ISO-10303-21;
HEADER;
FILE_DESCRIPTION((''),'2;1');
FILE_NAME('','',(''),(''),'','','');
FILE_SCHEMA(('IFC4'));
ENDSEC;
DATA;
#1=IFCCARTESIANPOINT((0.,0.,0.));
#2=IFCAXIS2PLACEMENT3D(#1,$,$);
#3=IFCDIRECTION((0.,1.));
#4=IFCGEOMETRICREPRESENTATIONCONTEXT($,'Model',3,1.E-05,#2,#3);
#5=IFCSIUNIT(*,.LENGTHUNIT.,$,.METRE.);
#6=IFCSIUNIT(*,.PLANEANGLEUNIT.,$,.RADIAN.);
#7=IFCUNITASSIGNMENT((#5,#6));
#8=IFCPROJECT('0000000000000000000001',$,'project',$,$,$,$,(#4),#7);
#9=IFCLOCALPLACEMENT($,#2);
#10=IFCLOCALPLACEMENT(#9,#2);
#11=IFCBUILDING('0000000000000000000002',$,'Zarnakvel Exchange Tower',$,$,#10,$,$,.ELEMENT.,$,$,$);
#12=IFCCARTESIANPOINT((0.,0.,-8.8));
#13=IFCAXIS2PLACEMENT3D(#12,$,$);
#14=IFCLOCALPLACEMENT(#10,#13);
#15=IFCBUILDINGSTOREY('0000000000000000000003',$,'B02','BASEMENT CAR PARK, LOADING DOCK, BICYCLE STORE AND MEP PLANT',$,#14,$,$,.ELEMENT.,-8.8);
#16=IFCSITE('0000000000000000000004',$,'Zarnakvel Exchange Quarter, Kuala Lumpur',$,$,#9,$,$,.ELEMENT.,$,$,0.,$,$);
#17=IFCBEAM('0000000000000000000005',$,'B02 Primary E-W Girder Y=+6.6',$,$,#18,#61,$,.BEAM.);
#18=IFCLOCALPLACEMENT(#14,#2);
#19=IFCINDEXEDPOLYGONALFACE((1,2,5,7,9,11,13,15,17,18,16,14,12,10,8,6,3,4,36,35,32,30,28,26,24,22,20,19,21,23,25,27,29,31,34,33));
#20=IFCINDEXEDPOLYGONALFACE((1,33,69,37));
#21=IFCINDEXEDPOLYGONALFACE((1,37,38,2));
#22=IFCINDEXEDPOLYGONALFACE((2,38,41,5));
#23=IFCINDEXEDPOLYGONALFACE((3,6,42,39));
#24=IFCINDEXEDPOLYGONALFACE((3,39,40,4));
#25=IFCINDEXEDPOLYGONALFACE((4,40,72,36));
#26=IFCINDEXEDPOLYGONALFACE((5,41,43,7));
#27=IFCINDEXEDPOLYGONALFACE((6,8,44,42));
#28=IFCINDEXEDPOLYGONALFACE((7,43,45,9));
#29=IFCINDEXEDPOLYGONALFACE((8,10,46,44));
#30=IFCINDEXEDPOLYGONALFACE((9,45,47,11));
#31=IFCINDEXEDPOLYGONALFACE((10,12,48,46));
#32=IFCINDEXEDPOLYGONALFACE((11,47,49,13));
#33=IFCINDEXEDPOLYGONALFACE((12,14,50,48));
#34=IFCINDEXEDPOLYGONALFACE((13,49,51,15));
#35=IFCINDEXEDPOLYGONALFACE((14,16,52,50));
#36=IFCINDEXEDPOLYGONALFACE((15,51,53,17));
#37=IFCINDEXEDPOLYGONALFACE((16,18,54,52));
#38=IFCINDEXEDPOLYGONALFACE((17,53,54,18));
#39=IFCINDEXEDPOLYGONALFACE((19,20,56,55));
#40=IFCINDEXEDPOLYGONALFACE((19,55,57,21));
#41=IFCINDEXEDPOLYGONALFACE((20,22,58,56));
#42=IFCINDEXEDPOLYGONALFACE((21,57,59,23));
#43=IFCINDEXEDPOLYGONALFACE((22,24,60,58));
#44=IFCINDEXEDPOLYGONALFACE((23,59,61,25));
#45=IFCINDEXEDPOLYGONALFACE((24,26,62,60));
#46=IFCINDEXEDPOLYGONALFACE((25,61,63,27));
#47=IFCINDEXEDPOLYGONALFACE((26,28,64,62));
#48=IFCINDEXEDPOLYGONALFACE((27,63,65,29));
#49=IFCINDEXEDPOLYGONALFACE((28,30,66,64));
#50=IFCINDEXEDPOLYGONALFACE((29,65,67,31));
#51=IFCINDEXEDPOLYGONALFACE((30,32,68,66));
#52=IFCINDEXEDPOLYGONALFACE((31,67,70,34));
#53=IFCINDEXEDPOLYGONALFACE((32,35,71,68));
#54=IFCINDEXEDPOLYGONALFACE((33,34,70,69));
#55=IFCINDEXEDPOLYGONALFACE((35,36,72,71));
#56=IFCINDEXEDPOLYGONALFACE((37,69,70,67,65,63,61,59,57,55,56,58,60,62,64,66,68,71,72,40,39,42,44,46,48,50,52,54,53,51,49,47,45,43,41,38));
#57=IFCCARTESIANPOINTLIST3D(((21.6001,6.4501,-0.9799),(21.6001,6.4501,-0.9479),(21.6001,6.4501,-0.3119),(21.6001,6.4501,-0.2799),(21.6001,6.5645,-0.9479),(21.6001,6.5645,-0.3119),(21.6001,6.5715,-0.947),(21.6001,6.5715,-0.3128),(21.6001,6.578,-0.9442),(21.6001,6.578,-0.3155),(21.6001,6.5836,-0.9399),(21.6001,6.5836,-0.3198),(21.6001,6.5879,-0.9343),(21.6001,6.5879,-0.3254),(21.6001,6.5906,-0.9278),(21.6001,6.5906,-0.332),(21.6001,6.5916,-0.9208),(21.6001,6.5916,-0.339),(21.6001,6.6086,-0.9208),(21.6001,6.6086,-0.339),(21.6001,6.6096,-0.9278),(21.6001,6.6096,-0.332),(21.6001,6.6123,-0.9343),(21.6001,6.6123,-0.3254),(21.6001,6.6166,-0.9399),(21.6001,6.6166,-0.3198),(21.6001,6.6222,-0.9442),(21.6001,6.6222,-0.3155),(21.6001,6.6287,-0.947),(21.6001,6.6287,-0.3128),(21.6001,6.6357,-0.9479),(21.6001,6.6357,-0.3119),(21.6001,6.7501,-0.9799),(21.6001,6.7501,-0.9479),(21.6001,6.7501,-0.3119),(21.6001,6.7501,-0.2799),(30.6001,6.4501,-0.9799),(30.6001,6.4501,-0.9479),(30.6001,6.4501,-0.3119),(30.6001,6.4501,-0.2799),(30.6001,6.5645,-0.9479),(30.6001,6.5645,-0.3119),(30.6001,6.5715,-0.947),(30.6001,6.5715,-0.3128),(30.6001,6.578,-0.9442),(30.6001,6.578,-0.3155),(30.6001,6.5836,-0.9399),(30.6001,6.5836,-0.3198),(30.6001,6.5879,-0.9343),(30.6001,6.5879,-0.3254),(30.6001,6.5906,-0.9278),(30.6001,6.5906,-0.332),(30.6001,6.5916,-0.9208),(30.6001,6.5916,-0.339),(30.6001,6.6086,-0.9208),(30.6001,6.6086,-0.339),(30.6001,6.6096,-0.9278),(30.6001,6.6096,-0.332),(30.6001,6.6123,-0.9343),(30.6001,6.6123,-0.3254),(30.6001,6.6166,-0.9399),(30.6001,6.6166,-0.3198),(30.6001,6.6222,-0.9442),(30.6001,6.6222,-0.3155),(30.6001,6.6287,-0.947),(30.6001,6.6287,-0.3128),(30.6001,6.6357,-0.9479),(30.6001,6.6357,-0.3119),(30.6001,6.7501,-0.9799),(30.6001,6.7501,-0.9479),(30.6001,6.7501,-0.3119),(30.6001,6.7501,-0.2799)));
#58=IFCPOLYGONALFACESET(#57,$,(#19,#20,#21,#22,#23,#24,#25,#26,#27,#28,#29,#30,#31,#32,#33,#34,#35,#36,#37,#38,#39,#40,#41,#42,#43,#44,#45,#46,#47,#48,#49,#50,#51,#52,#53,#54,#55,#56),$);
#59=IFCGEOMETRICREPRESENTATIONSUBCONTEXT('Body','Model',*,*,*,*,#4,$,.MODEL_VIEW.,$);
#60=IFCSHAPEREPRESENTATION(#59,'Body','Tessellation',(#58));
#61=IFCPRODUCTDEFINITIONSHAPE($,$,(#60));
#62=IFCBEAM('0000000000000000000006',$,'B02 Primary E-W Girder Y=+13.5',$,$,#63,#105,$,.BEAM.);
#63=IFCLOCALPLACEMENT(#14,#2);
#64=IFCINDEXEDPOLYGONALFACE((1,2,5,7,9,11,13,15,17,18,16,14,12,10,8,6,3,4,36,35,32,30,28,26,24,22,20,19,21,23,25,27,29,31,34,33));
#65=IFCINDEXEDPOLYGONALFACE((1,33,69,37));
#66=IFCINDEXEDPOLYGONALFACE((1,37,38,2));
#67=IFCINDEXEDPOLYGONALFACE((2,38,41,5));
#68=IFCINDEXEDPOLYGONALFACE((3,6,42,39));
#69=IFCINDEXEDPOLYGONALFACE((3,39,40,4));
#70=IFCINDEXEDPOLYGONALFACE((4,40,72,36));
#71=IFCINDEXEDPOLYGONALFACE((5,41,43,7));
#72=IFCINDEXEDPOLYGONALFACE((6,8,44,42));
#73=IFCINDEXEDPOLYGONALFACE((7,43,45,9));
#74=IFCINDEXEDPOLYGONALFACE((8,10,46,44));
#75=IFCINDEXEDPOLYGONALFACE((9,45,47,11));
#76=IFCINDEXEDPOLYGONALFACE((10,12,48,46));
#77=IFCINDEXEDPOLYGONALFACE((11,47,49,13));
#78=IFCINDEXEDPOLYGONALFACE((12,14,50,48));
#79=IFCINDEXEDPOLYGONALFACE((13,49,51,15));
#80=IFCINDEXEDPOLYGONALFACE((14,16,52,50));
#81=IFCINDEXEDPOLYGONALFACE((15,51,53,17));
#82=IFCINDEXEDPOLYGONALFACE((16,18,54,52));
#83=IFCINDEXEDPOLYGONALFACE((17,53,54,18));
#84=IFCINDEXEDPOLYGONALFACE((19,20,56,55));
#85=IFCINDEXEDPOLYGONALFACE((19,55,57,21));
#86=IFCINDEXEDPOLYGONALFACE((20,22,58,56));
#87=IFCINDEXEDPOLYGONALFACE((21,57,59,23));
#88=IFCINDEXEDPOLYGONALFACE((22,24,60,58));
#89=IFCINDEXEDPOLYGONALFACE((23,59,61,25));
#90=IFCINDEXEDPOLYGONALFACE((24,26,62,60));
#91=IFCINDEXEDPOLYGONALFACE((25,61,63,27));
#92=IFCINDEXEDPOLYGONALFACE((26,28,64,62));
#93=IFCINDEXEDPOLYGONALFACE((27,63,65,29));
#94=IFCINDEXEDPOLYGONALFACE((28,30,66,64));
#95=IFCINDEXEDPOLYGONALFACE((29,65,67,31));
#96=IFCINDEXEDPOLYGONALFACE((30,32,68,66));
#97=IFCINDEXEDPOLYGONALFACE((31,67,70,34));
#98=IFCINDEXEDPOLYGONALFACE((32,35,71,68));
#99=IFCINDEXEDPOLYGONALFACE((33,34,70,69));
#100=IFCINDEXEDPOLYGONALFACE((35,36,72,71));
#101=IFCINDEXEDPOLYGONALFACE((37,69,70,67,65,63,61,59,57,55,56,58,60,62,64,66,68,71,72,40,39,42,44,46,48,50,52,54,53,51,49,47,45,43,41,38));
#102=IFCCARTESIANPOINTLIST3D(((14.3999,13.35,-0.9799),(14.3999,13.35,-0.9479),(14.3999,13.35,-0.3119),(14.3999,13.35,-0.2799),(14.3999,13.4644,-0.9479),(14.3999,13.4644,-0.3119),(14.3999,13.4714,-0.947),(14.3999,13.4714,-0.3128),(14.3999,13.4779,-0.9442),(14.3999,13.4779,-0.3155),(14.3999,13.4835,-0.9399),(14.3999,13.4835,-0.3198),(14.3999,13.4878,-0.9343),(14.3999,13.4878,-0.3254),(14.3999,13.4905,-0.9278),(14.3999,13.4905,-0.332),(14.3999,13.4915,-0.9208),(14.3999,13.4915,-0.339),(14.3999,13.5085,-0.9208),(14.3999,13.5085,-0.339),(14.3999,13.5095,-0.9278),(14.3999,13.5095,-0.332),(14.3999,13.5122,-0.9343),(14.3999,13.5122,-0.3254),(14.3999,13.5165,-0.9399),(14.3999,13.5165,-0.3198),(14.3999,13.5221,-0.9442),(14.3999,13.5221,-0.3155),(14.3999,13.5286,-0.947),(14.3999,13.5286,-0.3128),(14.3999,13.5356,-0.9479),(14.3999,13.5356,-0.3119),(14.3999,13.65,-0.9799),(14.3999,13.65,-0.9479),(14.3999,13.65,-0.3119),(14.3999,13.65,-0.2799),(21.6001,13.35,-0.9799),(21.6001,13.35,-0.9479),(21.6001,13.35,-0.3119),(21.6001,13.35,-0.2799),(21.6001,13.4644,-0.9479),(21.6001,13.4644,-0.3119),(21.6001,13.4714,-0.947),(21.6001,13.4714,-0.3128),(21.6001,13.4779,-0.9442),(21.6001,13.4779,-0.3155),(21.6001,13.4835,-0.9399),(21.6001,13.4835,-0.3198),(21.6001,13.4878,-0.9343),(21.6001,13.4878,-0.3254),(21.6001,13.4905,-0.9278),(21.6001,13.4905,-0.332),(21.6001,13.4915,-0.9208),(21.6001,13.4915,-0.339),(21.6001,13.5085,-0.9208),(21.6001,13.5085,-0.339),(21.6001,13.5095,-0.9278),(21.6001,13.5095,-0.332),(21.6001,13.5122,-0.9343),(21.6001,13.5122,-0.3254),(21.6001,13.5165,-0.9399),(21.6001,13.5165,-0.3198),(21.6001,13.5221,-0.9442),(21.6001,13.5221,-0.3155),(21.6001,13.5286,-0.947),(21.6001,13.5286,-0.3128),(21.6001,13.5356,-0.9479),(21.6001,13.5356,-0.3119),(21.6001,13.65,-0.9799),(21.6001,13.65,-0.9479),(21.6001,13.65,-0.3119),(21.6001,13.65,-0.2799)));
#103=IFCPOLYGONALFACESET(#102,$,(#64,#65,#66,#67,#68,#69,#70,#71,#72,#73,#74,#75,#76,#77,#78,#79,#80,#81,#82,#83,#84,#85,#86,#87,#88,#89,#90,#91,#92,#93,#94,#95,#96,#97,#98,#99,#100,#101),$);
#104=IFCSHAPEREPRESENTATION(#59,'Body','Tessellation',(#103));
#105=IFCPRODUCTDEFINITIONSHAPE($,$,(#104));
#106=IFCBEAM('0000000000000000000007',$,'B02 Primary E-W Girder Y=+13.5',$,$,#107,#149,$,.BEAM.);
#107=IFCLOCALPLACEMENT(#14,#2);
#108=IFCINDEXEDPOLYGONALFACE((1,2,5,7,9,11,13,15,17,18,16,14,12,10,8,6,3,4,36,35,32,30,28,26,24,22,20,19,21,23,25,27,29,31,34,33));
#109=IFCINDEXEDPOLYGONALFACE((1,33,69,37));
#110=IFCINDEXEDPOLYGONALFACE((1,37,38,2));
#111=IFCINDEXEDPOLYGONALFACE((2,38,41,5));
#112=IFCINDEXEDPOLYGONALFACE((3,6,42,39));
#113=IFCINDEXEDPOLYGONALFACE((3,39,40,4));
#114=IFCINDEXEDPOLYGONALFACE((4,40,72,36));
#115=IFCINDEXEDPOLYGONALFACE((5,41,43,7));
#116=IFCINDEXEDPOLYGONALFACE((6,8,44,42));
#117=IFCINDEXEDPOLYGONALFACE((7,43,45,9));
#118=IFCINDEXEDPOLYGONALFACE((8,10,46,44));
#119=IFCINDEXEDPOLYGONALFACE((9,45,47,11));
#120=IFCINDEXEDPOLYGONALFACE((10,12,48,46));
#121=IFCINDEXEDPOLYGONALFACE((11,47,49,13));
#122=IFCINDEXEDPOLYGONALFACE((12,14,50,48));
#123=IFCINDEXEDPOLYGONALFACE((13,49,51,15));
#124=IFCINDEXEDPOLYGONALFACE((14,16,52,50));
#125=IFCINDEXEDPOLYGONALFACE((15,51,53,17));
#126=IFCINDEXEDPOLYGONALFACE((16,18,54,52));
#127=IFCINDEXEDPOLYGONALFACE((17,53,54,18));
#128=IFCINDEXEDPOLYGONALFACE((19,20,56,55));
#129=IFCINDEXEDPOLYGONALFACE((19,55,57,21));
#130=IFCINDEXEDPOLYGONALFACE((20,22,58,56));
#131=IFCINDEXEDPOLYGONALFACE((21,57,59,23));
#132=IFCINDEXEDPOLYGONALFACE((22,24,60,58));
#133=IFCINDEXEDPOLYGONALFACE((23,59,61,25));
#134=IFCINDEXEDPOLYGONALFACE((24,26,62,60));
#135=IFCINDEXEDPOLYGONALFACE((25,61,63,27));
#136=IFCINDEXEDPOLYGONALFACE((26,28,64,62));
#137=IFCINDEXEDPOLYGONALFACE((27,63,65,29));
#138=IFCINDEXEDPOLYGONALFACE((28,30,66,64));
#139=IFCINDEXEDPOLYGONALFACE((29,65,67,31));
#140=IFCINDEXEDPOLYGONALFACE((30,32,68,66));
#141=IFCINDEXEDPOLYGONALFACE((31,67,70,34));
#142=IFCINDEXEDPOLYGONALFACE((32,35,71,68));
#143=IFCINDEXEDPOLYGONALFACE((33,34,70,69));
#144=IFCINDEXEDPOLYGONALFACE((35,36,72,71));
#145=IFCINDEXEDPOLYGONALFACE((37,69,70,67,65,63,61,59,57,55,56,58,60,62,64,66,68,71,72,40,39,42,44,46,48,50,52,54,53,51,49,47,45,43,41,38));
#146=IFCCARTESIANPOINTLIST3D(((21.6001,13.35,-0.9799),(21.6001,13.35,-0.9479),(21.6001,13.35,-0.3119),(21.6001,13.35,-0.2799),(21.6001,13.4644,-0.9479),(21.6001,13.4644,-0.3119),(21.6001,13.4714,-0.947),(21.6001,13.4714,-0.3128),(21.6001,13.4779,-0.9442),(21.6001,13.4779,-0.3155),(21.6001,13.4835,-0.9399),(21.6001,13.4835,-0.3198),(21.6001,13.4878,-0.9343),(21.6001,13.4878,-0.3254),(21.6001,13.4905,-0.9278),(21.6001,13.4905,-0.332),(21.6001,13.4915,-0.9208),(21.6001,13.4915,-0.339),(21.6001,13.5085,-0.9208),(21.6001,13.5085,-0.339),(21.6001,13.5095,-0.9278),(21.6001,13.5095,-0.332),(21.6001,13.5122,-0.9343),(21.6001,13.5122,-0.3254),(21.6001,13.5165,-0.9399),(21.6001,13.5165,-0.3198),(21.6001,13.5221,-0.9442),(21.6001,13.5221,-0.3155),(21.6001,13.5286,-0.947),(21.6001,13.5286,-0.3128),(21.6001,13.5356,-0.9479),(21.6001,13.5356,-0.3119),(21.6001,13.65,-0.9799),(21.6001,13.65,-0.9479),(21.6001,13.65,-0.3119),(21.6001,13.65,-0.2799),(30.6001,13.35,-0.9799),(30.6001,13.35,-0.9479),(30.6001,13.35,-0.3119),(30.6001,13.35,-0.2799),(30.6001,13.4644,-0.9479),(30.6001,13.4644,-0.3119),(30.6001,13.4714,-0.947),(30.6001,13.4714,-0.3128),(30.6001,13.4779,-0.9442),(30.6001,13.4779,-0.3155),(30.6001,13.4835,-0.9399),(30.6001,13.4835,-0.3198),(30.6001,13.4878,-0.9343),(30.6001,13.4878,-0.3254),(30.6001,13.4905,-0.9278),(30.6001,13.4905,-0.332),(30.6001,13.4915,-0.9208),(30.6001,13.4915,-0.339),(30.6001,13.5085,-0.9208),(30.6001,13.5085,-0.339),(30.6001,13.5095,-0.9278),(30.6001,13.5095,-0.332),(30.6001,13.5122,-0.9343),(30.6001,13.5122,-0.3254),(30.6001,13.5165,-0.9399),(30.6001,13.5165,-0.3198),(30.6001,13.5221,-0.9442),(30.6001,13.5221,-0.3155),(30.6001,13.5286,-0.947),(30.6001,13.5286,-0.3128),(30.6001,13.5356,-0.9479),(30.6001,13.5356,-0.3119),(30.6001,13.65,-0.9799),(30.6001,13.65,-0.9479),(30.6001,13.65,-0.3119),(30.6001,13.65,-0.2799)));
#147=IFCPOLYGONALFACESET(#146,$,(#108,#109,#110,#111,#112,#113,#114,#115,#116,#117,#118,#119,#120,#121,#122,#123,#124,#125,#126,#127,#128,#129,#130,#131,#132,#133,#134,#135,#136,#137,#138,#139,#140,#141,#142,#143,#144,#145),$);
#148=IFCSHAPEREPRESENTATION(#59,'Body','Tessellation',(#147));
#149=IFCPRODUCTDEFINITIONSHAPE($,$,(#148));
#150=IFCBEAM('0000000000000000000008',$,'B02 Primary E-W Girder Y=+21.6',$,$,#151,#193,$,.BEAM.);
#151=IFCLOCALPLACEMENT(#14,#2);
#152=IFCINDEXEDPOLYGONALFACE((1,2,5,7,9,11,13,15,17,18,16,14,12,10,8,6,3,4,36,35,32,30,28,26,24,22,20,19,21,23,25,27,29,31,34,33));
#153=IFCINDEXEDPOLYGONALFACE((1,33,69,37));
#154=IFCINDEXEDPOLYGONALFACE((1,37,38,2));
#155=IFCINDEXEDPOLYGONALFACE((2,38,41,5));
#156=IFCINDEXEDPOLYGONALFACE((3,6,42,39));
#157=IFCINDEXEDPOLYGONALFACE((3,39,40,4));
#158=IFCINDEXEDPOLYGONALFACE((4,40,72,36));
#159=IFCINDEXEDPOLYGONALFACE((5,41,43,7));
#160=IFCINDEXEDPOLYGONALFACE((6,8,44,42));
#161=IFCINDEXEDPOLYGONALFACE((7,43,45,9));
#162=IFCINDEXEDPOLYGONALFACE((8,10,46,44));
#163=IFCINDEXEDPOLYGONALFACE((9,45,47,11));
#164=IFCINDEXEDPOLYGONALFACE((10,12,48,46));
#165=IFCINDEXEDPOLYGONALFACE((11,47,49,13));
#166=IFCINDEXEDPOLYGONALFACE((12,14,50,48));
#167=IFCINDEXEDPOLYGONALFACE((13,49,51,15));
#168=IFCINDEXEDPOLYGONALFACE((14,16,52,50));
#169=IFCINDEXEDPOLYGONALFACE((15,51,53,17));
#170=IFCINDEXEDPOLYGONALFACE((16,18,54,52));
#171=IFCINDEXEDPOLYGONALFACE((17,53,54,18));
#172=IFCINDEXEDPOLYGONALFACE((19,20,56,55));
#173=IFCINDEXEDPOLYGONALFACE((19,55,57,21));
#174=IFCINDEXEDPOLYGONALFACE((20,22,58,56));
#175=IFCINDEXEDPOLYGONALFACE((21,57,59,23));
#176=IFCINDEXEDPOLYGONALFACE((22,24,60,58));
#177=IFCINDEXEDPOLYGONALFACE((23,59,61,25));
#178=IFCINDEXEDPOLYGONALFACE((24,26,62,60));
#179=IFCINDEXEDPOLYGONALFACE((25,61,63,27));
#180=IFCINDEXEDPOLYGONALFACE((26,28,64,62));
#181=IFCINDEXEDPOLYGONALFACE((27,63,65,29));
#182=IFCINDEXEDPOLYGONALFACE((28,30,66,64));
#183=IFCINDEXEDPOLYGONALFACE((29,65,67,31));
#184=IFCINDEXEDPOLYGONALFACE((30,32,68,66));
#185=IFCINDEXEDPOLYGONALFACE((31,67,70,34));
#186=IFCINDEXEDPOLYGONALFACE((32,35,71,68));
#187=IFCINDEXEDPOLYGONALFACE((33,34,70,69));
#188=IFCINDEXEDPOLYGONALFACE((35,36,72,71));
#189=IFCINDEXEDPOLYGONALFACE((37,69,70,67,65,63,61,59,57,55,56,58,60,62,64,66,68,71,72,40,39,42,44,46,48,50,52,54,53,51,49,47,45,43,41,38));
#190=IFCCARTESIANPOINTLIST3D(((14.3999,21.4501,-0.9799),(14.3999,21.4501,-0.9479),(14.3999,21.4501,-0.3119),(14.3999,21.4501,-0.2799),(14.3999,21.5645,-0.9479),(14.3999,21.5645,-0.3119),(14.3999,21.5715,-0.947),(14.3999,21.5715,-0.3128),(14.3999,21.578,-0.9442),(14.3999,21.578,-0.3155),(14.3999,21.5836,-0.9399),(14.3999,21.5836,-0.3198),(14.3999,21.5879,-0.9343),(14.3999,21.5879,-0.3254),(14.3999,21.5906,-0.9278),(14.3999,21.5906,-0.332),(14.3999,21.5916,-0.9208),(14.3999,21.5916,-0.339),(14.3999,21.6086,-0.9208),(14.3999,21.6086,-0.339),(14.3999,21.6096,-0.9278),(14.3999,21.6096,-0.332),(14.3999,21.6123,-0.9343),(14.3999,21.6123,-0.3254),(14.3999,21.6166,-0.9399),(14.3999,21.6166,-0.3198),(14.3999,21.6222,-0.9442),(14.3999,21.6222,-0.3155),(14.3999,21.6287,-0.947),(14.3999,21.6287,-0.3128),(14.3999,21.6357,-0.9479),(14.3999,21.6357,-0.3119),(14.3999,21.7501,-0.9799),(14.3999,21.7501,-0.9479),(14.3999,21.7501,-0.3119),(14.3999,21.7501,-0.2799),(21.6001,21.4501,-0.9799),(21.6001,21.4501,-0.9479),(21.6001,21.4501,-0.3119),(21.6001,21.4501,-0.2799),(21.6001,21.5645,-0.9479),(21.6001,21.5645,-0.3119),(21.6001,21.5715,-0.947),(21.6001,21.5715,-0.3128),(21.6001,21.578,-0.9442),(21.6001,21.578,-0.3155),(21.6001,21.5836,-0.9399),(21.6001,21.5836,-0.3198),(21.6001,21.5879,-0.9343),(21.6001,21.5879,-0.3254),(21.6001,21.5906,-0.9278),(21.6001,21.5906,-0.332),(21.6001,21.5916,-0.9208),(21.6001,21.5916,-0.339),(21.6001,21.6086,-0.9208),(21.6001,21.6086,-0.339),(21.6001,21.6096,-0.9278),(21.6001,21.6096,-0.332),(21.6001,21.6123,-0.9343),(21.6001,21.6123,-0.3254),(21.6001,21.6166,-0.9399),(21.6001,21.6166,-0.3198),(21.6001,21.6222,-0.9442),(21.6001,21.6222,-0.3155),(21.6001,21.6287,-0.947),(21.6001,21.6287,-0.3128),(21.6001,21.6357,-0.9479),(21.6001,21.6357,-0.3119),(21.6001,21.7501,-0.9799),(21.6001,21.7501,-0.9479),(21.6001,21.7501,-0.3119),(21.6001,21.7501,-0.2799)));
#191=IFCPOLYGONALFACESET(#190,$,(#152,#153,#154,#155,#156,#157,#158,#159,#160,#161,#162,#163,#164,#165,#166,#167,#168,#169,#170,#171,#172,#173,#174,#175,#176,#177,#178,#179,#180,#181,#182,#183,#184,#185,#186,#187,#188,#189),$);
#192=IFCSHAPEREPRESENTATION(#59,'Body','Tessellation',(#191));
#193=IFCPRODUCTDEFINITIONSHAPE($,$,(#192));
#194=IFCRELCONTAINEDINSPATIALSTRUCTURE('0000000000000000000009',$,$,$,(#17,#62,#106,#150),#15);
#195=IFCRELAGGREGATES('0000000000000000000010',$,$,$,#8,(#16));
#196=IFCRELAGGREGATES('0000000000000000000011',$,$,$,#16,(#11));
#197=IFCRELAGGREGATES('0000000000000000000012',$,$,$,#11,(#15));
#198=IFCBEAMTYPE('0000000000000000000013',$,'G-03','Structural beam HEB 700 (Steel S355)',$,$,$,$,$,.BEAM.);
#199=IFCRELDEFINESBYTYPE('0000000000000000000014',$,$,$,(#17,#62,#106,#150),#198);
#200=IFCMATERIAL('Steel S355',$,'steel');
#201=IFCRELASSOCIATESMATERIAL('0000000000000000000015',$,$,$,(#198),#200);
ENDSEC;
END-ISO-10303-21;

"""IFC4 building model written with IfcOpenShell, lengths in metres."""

from ifc_helpers import new_model, si_unit, direction, frame, origin, origin_2d, place, context, subcontext, project, spatial, i_section, extrude, material, material_profile, profile_set, type_object, element, save


model = new_model("IFC4")

# Units and contexts
model_context = context("Model", 3, precision=1e-05, world=origin(), true_north=direction((0.0, 1.0)))
body_context = subcontext(model_context, "Body", "Model", "MODEL_VIEW")
ifc_project = project(units=[si_unit("LENGTHUNIT", "METRE"), si_unit("PLANEANGLEUNIT", "RADIAN")], contexts=[model_context])

# Site, building, storey
site_placement = place(None, origin())
site = spatial("IfcSite", under=ifc_project, at=site_placement, Name="Zarnakvel Exchange Quarter, Kuala Lumpur", CompositionType="ELEMENT", RefElevation=0.0)
building_placement = place(site_placement, origin())
building = spatial("IfcBuilding", under=site, at=building_placement, Name="Zarnakvel Exchange Tower", CompositionType="ELEMENT")
storey_placement = place(building_placement, frame((0.0, 0.0, -8.8)))
storey = spatial("IfcBuildingStorey", under=building, at=storey_placement, Name="B02", Description="BASEMENT CAR PARK, LOADING DOCK, BICYCLE STORE AND MEP PLANT", CompositionType="ELEMENT", Elevation=-8.8)

# Beams
ifc_material_1 = material(Name="Steel S355", Category="steel")
ifc_material_profile_1 = material_profile(ifc_material_1, i_section(OverallWidth=0.3, OverallDepth=0.7, WebThickness=0.0171, FlangeThickness=0.032, FilletRadius=0.0271, at=origin_2d()))
ifc_profile_set_1 = profile_set([ifc_material_profile_1], Name="Steel S355")
beam_type_1 = type_object("IfcBeamType", Name="G-03", Description="Structural beam HEB 700 (Steel S355)", PredefinedType="BEAM", material=ifc_profile_set_1)
beam_1_placement = place(storey_placement, frame((21.6001, 6.6001, -0.6299), z_axis=(1.0, 0.0, 0.0), x_axis=(0.0, 1.0, 0.0)))
element("IfcBeam", 1, at=beam_1_placement, inside=storey, type_object=beam_type_1, Name="B02 Primary E-W Girder Y=+6.6", PredefinedType="BEAM", context=body_context, shape_type="SweptSolid", body=[
    extrude(i_section(OverallWidth=0.3, OverallDepth=0.7, WebThickness=0.0171, FlangeThickness=0.032, FilletRadius=0.0271, at=origin_2d()), origin(), (0.0, 0.0, 1.0), 9.0),
])
beam_2_placement = place(storey_placement, frame((14.3999, 13.5, -0.6299), z_axis=(1.0, 0.0, 0.0), x_axis=(0.0, 1.0, 0.0)))
element("IfcBeam", 2, at=beam_2_placement, inside=storey, type_object=beam_type_1, Name="B02 Primary E-W Girder Y=+13.5", PredefinedType="BEAM", context=body_context, shape_type="SweptSolid", body=[
    extrude(i_section(OverallWidth=0.3, OverallDepth=0.7, WebThickness=0.0171, FlangeThickness=0.032, FilletRadius=0.0271, at=origin_2d()), origin(), (0.0, 0.0, 1.0), 7.2002),
])
beam_3_placement = place(storey_placement, frame((21.6001, 13.5, -0.6299), z_axis=(1.0, 0.0, 0.0), x_axis=(0.0, 1.0, 0.0)))
element("IfcBeam", 3, at=beam_3_placement, inside=storey, type_object=beam_type_1, Name="B02 Primary E-W Girder Y=+13.5", PredefinedType="BEAM", context=body_context, shape_type="SweptSolid", body=[
    extrude(i_section(OverallWidth=0.3, OverallDepth=0.7, WebThickness=0.0171, FlangeThickness=0.032, FilletRadius=0.0271, at=origin_2d()), origin(), (0.0, 0.0, 1.0), 9.0),
])
beam_4_placement = place(storey_placement, frame((14.3999, 21.6001, -0.6299), z_axis=(1.0, 0.0, 0.0), x_axis=(0.0, 1.0, 0.0)))
element("IfcBeam", 4, at=beam_4_placement, inside=storey, type_object=beam_type_1, Name="B02 Primary E-W Girder Y=+21.6", PredefinedType="BEAM", context=body_context, shape_type="SweptSolid", body=[
    extrude(i_section(OverallWidth=0.3, OverallDepth=0.7, WebThickness=0.0171, FlangeThickness=0.032, FilletRadius=0.0271, at=origin_2d()), origin(), (0.0, 0.0, 1.0), 7.2002),
])

save(model, "model.ifc")
